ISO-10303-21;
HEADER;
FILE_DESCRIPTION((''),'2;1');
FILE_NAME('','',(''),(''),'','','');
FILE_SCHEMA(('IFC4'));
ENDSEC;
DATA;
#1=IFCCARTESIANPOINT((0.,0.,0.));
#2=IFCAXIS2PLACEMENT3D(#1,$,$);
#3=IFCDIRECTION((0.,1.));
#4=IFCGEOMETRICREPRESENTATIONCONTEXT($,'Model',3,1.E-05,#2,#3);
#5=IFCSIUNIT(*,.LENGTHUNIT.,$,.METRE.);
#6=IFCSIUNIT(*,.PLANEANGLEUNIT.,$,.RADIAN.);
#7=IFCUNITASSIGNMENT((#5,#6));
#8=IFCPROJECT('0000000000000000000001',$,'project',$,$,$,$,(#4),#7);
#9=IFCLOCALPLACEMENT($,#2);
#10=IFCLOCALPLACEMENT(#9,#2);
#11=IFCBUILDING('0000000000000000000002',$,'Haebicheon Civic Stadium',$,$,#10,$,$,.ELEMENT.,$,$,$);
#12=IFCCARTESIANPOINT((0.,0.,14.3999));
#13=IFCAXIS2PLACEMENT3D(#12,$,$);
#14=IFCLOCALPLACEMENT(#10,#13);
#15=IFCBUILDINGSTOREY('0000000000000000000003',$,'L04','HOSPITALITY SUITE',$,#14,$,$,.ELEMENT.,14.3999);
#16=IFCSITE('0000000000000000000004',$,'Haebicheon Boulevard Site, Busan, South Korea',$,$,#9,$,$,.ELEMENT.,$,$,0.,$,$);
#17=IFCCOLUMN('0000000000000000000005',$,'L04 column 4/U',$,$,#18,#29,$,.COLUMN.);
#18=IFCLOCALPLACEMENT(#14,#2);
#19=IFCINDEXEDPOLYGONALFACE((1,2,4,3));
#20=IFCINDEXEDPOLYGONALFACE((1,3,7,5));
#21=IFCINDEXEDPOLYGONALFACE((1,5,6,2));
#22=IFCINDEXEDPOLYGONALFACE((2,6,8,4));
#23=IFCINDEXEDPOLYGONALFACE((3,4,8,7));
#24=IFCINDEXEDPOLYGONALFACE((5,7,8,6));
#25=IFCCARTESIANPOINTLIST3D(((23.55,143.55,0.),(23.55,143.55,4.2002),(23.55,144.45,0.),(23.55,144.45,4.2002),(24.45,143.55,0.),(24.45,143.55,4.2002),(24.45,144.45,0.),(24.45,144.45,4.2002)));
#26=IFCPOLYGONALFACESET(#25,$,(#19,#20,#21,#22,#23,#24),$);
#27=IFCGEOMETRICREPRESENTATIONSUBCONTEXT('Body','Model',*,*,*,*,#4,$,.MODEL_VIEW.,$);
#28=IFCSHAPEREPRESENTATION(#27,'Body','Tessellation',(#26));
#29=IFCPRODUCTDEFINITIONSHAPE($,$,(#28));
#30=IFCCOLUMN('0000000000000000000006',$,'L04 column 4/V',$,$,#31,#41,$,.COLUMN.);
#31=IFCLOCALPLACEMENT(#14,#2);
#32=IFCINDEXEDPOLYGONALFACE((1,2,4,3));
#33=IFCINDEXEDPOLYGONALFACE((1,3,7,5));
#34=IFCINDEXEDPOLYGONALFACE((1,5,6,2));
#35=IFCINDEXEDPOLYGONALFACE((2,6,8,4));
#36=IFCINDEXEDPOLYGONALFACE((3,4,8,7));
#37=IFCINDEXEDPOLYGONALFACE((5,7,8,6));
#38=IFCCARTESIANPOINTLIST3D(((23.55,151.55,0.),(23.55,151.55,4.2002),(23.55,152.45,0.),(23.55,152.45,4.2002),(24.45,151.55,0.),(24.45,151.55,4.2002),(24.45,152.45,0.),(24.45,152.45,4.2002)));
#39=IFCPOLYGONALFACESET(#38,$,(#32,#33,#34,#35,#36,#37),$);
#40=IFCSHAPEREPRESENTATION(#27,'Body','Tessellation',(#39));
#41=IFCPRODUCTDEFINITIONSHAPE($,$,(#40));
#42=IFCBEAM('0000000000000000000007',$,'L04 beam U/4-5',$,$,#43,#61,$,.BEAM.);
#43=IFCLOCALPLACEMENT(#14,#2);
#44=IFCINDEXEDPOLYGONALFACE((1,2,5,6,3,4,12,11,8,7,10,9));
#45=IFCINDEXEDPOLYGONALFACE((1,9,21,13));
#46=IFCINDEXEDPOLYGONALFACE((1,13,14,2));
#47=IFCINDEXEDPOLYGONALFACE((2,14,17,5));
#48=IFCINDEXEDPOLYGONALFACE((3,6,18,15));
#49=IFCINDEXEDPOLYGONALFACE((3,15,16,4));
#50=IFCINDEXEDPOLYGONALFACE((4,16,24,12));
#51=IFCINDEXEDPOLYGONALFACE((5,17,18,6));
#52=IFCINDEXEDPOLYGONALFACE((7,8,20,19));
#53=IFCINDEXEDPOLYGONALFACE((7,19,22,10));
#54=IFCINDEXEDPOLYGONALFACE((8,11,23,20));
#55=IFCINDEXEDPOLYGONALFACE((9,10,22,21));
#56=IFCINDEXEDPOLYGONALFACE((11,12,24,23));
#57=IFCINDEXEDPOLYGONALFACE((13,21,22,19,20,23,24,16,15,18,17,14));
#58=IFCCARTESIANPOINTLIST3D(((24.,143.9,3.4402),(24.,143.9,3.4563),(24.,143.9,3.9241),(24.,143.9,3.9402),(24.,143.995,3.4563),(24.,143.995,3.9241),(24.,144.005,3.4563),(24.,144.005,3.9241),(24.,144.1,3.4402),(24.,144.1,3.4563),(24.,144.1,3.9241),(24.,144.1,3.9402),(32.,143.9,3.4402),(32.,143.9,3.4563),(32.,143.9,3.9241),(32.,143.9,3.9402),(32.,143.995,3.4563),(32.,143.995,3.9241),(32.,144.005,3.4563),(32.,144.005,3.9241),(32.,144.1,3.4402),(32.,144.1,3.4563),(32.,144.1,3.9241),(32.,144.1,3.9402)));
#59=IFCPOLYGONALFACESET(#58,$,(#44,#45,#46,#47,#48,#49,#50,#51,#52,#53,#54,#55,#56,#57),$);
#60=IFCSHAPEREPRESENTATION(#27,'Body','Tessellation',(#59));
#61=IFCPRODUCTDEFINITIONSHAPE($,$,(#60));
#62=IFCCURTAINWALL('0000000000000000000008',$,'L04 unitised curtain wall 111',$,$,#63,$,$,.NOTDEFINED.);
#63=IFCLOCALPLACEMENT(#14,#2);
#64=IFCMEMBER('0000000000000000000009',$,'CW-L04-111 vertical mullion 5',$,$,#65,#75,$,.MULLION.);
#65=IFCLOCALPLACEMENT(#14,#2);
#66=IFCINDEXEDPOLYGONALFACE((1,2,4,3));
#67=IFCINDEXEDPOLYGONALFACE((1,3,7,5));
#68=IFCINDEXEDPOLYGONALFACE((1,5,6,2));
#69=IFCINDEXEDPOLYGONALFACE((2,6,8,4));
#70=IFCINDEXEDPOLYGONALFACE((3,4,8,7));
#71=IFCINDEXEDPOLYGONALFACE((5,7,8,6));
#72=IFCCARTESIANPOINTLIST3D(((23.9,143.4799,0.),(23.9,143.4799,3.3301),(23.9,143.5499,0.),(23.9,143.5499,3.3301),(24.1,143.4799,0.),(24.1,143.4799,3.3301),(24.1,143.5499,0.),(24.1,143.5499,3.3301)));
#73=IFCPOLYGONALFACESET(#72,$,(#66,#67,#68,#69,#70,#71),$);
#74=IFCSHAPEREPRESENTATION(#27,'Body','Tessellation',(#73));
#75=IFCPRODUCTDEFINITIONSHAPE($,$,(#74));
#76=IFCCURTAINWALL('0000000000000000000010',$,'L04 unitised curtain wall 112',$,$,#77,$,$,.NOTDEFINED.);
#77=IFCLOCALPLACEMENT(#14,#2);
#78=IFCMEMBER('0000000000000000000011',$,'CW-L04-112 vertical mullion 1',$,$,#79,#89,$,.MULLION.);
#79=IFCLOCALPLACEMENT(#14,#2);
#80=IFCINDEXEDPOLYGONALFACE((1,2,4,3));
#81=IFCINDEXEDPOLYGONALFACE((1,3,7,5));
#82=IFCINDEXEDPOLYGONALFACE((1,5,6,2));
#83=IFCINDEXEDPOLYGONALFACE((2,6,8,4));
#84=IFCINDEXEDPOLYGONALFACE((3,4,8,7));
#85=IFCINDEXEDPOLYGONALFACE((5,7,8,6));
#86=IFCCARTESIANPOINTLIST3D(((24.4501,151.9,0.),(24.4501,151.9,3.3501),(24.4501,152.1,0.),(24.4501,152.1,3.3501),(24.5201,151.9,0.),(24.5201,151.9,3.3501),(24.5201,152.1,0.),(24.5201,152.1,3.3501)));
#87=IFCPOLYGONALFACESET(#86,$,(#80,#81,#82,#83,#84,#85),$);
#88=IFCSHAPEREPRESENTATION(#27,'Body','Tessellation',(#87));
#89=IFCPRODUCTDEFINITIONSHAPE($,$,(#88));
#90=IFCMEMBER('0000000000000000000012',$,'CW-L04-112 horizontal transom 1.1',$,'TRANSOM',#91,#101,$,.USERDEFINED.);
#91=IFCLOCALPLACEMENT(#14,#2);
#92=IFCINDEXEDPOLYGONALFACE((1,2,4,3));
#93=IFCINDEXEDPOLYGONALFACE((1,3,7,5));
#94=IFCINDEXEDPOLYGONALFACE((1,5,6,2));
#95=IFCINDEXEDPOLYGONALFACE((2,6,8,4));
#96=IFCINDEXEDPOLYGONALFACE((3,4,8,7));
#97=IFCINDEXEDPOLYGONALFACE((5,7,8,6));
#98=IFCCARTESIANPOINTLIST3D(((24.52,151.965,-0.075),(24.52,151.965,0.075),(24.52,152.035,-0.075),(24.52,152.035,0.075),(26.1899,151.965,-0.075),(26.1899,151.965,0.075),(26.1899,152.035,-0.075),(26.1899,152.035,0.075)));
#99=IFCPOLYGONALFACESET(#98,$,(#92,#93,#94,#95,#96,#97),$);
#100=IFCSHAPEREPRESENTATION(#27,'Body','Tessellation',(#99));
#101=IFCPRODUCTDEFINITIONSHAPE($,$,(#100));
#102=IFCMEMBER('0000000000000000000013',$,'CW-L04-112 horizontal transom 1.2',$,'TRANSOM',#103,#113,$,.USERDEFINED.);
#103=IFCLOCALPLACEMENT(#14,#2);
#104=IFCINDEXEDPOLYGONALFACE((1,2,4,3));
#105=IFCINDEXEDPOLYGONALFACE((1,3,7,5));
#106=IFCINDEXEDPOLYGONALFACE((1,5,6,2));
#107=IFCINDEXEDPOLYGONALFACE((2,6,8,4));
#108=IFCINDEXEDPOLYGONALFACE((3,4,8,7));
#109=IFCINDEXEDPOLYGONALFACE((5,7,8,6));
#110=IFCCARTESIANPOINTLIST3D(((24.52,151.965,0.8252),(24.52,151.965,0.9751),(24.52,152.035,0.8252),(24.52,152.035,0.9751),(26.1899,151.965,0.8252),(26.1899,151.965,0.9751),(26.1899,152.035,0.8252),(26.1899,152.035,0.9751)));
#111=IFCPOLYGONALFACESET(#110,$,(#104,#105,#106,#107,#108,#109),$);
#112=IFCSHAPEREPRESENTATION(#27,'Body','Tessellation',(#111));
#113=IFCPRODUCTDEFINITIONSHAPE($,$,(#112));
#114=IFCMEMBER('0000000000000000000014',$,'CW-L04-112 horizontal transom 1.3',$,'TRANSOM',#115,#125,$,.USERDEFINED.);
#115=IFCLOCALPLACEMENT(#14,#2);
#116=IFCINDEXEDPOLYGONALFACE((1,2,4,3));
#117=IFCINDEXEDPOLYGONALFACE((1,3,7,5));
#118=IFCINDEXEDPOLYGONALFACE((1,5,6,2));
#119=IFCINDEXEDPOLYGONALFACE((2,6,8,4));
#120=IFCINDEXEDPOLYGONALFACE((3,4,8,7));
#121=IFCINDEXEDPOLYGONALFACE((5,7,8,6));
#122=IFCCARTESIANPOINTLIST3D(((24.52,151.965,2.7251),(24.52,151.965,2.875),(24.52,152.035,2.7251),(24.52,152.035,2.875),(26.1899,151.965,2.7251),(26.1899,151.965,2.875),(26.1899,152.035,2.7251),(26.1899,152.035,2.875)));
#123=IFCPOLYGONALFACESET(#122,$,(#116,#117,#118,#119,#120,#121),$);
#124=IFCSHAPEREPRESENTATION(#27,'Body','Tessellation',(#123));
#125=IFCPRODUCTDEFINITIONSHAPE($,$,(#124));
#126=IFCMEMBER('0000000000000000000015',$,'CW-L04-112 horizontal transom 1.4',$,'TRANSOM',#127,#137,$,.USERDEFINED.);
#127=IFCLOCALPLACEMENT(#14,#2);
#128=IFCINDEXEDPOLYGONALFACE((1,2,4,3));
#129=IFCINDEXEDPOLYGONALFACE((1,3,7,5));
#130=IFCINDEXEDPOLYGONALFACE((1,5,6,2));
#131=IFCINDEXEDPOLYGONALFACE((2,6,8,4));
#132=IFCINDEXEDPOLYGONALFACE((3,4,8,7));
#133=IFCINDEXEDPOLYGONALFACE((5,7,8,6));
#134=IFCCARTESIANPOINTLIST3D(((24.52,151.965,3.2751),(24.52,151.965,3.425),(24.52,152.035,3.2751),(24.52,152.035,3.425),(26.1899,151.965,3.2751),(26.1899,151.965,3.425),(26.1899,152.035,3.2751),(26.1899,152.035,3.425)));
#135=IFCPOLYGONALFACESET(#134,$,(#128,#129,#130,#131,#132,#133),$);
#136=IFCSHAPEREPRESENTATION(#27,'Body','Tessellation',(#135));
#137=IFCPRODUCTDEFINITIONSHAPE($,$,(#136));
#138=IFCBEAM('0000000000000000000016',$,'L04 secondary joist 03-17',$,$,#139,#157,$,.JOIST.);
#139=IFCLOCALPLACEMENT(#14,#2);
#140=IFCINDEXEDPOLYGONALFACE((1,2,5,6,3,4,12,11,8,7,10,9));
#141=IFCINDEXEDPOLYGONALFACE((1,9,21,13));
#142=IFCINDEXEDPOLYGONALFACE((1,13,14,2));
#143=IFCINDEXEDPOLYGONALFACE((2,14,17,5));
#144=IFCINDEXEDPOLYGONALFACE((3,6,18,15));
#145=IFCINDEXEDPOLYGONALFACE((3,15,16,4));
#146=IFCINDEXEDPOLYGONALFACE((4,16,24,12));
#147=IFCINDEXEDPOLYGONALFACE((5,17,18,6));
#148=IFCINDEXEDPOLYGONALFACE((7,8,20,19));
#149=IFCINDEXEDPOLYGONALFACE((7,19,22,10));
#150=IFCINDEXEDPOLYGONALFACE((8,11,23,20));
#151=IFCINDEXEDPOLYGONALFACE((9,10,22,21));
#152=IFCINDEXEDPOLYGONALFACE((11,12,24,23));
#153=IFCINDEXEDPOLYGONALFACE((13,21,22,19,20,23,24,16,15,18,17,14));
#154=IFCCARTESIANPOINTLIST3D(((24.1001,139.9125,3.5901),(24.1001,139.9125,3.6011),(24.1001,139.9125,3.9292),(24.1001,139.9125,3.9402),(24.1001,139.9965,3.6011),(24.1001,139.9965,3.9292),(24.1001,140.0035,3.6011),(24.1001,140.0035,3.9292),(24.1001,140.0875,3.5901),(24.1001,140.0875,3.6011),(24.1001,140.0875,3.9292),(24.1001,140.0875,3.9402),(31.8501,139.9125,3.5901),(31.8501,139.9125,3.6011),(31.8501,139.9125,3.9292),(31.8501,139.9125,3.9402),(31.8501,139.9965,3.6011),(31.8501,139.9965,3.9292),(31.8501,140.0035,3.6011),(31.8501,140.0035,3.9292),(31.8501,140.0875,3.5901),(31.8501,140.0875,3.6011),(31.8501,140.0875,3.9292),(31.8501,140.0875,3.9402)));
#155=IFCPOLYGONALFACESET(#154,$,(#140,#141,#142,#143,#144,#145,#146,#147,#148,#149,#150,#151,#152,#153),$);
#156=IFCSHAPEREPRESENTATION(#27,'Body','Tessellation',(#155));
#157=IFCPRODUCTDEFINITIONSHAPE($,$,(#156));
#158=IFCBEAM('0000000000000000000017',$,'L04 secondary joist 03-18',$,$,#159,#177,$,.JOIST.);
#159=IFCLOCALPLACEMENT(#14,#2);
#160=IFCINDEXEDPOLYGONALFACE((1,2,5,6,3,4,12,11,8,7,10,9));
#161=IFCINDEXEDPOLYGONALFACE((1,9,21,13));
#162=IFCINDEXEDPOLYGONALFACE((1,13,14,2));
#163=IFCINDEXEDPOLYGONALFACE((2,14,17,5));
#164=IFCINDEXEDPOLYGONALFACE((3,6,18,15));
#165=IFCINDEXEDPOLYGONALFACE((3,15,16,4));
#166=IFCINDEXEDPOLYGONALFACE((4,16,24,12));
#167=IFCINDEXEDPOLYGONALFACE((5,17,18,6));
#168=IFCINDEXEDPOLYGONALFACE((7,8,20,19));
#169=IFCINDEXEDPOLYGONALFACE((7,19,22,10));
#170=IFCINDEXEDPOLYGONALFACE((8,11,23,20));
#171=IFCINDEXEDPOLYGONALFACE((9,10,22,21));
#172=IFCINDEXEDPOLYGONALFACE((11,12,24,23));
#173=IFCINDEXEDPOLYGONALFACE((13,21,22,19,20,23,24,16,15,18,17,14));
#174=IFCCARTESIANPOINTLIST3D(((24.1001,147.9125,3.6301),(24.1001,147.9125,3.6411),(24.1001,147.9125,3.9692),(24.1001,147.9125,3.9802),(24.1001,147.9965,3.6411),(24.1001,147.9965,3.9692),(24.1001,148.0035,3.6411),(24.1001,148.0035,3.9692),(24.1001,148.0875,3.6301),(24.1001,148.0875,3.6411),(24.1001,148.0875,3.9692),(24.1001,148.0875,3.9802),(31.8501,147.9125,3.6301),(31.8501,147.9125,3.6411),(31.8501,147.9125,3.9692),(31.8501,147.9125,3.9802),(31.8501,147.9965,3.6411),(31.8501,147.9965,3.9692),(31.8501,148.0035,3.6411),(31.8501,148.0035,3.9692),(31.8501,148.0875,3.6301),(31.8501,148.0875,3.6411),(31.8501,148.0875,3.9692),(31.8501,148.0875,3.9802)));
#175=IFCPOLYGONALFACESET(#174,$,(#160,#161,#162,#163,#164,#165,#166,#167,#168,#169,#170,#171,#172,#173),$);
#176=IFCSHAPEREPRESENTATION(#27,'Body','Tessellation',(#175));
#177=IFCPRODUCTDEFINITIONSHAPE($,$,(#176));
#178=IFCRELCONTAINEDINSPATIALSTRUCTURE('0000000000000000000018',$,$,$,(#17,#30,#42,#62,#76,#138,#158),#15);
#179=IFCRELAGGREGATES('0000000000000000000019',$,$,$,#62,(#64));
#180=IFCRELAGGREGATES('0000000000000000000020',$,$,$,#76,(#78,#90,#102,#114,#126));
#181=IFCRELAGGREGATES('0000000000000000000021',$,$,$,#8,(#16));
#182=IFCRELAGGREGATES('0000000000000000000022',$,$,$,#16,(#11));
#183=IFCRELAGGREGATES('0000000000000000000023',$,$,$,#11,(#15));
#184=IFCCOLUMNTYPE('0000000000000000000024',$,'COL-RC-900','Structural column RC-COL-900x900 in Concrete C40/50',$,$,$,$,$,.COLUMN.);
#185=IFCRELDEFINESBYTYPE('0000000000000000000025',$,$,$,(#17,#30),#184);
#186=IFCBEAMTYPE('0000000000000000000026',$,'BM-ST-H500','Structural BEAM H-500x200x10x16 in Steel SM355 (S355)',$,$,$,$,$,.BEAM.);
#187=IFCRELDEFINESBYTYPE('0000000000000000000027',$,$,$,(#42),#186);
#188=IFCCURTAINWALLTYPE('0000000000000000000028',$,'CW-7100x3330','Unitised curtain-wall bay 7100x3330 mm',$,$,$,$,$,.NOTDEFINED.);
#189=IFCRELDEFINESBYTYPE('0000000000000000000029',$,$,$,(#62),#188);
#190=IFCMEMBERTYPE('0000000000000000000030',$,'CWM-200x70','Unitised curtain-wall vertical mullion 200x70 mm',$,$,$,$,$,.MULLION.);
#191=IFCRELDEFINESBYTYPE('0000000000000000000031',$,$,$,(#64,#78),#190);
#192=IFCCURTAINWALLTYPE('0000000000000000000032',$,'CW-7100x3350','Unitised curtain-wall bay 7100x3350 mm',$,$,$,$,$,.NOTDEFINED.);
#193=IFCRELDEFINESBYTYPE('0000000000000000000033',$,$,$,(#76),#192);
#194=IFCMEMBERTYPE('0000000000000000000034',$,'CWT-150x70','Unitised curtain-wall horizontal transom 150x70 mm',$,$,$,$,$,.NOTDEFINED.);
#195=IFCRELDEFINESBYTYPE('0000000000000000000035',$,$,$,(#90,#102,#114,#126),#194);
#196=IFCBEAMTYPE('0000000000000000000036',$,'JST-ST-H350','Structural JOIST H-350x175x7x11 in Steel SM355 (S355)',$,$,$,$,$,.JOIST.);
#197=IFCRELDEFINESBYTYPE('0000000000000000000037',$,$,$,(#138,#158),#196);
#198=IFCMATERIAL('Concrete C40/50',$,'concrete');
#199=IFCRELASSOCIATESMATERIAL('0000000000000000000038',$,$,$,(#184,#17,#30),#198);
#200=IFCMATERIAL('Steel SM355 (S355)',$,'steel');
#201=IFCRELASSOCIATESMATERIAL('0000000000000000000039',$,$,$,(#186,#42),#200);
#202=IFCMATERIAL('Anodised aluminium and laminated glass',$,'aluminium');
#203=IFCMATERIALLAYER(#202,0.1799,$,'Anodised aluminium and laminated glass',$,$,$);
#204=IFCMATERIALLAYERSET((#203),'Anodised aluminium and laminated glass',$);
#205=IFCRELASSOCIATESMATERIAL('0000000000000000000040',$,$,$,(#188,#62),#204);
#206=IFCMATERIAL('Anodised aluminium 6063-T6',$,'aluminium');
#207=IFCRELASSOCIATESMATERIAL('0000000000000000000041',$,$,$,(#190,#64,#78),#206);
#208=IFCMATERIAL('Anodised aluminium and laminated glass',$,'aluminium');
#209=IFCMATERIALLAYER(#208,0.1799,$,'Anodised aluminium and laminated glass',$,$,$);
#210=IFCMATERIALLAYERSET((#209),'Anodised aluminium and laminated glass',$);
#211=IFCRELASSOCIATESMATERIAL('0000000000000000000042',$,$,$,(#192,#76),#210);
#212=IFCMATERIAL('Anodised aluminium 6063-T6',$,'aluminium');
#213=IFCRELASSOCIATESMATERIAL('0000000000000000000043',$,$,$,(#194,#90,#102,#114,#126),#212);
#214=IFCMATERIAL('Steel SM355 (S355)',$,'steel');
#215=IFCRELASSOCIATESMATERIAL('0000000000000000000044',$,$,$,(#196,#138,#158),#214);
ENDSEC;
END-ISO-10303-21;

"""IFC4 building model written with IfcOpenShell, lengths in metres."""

from ifc_helpers import new_model, si_unit, direction, frame, origin, origin_2d, place, context, subcontext, project, spatial, rectangle, i_section, extrude, material, layer, layer_set, material_profile, profile_set, type_object, element, aggregate, save


model = new_model("IFC4")

# Units and contexts
model_context = context("Model", 3, precision=1e-05, world=origin(), true_north=direction((0.0, 1.0)))
body_context = subcontext(model_context, "Body", "Model", "MODEL_VIEW")
ifc_project = project(units=[si_unit("LENGTHUNIT", "METRE"), si_unit("PLANEANGLEUNIT", "RADIAN")], contexts=[model_context])

# Site, building, storey
site_placement = place(None, origin())
site = spatial("IfcSite", under=ifc_project, at=site_placement, Name="Haebicheon Boulevard Site, Busan, South Korea", CompositionType="ELEMENT", RefElevation=0.0)
building_placement = place(site_placement, origin())
building = spatial("IfcBuilding", under=site, at=building_placement, Name="Haebicheon Civic Stadium", CompositionType="ELEMENT")
storey_placement = place(building_placement, frame((0.0, 0.0, 14.3999)))
storey = spatial("IfcBuildingStorey", under=building, at=storey_placement, Name="L04", Description="HOSPITALITY SUITE", CompositionType="ELEMENT", Elevation=14.3999)

# Columns
ifc_material_1 = material(Name="Concrete C40/50", Category="concrete")
ifc_material_profile_1 = material_profile(ifc_material_1, rectangle(XDim=0.8999, YDim=0.8999, at=origin_2d()), Name="RC-COL-900x900")
ifc_profile_set_1 = profile_set([ifc_material_profile_1], Name="Concrete C40/50")
column_type = type_object("IfcColumnType", Name="COL-RC-900", Description="Structural column RC-COL-900x900 in Concrete C40/50", PredefinedType="COLUMN", material=ifc_profile_set_1)
for number, where, z_axis, x_axis, name in (
    (1, (24.0, 144.0, 0.0), (0.0, 0.0, 1.0), (1.0, 0.0, 0.0), "L04 column 4/U"),
    (2, (24.0, 152.0, 0.0), (0.0, 0.0, 1.0), (1.0, 0.0, 0.0), "L04 column 4/V"),
):
    element("IfcColumn", number, at=place(storey_placement, frame(where, z_axis=z_axis, x_axis=x_axis)), inside=storey, type_object=column_type, material=ifc_profile_set_1, Name=name, PredefinedType="COLUMN", context=body_context, shape_type="SweptSolid", body=[
        extrude(rectangle(XDim=0.8999, YDim=0.8999, at=origin_2d()), origin(), (0.0, 0.0, 1.0), 4.2002),
    ])

# Beam
ifc_material_2 = material(Name="Steel SM355 (S355)", Category="steel")
ifc_material_profile_2 = material_profile(ifc_material_2, i_section(OverallWidth=0.2, OverallDepth=0.5, WebThickness=0.01, FlangeThickness=0.0161, at=origin_2d()), Name="H-500x200x10x16")
ifc_profile_set_2 = profile_set([ifc_material_profile_2], Name="Steel SM355 (S355)")
beam_type_1 = type_object("IfcBeamType", Name="BM-ST-H500", Description="Structural BEAM H-500x200x10x16 in Steel SM355 (S355)", PredefinedType="BEAM", material=ifc_profile_set_2)
beam_placement = place(storey_placement, frame((24.0, 144.0, 3.6902), z_axis=(1.0, 0.0, 0.0), x_axis=(0.0, 1.0, 0.0)))
element("IfcBeam", 3, at=beam_placement, inside=storey, type_object=beam_type_1, material=ifc_profile_set_2, Name="L04 beam U/4-5", PredefinedType="BEAM", context=body_context, shape_type="SweptSolid", body=[
    extrude(i_section(OverallWidth=0.2, OverallDepth=0.5, WebThickness=0.01, FlangeThickness=0.0161, at=origin_2d()), origin(), (0.0, 0.0, 1.0), 8.0),
])

# Curtain wall, member
ifc_material_3 = material(Name="Anodised aluminium and laminated glass", Category="aluminium")
ifc_layer_1 = layer(ifc_material_3, 0.1799, Name="Anodised aluminium and laminated glass")
ifc_layer_set_1 = layer_set([ifc_layer_1], Name="Anodised aluminium and laminated glass")
curtain_wall_type_1 = type_object("IfcCurtainWallType", Name="CW-7100x3330", Description="Unitised curtain-wall bay 7100x3330 mm", PredefinedType="NOTDEFINED", material=ifc_layer_set_1)
curtain_wall_1_placement = place(storey_placement, origin())
curtain_wall_1 = element("IfcCurtainWall", 4, at=curtain_wall_1_placement, inside=storey, type_object=curtain_wall_type_1, material=ifc_layer_set_1, Name="L04 unitised curtain wall 111", PredefinedType="NOTDEFINED")
ifc_material_4 = material(Name="Anodised aluminium 6063-T6", Category="aluminium")
ifc_material_profile_3 = material_profile(ifc_material_4, rectangle(XDim=0.0701, YDim=0.2, at=origin_2d()), Name="ALU-MULL-70x200")
ifc_profile_set_3 = profile_set([ifc_material_profile_3], Name="Anodised aluminium 6063-T6")
member_type_1 = type_object("IfcMemberType", Name="CWM-200x70", Description="Unitised curtain-wall vertical mullion 200x70 mm", PredefinedType="MULLION", material=ifc_profile_set_3)
member_1_placement = place(storey_placement, frame((24.0, 143.5149, 0.0), z_axis=(0.0, 0.0, 1.0), x_axis=(0.0, 1.0, 0.0)))
member_1 = element("IfcMember", 5, at=member_1_placement, type_object=member_type_1, material=ifc_profile_set_3, Name="CW-L04-111 vertical mullion 5", PredefinedType="MULLION", context=body_context, shape_type="SweptSolid", body=[
    extrude(rectangle(XDim=0.0701, YDim=0.2, at=origin_2d()), origin(), (0.0, 0.0, 1.0), 3.3301),
])
aggregate(curtain_wall_1, [member_1])

# Curtain wall, members
ifc_material_5 = material(Name="Anodised aluminium and laminated glass", Category="aluminium")
ifc_layer_2 = layer(ifc_material_5, 0.1799, Name="Anodised aluminium and laminated glass")
ifc_layer_set_2 = layer_set([ifc_layer_2], Name="Anodised aluminium and laminated glass")
curtain_wall_type_2 = type_object("IfcCurtainWallType", Name="CW-7100x3350", Description="Unitised curtain-wall bay 7100x3350 mm", PredefinedType="NOTDEFINED", material=ifc_layer_set_2)
curtain_wall_2_placement = place(storey_placement, origin())
curtain_wall_2 = element("IfcCurtainWall", 6, at=curtain_wall_2_placement, inside=storey, type_object=curtain_wall_type_2, material=ifc_layer_set_2, Name="L04 unitised curtain wall 112", PredefinedType="NOTDEFINED")
member_2_placement = place(storey_placement, frame((24.4851, 152.0, 0.0), z_axis=(0.0, 0.0, 1.0), x_axis=(1.0, 0.0, 0.0)))
member_2 = element("IfcMember", 7, at=member_2_placement, type_object=member_type_1, material=ifc_profile_set_3, Name="CW-L04-112 vertical mullion 1", PredefinedType="MULLION", context=body_context, shape_type="SweptSolid", body=[
    extrude(rectangle(XDim=0.0701, YDim=0.2, at=origin_2d()), origin(), (0.0, 0.0, 1.0), 3.3501),
])
ifc_material_6 = material(Name="Anodised aluminium 6063-T6", Category="aluminium")
ifc_material_profile_4 = material_profile(ifc_material_6, rectangle(XDim=0.0701, YDim=0.1499, at=origin_2d()), Name="ALU-TRAN-70x150")
ifc_profile_set_4 = profile_set([ifc_material_profile_4], Name="Anodised aluminium 6063-T6")
member_type_2 = type_object("IfcMemberType", Name="CWT-150x70", Description="Unitised curtain-wall horizontal transom 150x70 mm", PredefinedType="NOTDEFINED", material=ifc_profile_set_4)
member_3_placement = place(storey_placement, frame((24.52, 152.0, 0.0), z_axis=(1.0, 0.0, 0.0), x_axis=(0.0, 1.0, 0.0)))
member_3 = element("IfcMember", 8, at=member_3_placement, type_object=member_type_2, material=ifc_profile_set_4, Name="CW-L04-112 horizontal transom 1.1", ObjectType="TRANSOM", PredefinedType="USERDEFINED", context=body_context, shape_type="SweptSolid", body=[
    extrude(rectangle(XDim=0.0701, YDim=0.1499, at=origin_2d()), origin(), (0.0, 0.0, 1.0), 1.6699),
])
member_4_placement = place(storey_placement, frame((24.52, 152.0, 0.9001), z_axis=(1.0, 0.0, 0.0), x_axis=(0.0, 1.0, 0.0)))
member_4 = element("IfcMember", 9, at=member_4_placement, type_object=member_type_2, material=ifc_profile_set_4, Name="CW-L04-112 horizontal transom 1.2", ObjectType="TRANSOM", PredefinedType="USERDEFINED", context=body_context, shape_type="SweptSolid", body=[
    extrude(rectangle(XDim=0.0701, YDim=0.1499, at=origin_2d()), origin(), (0.0, 0.0, 1.0), 1.6699),
])
member_5_placement = place(storey_placement, frame((24.52, 152.0, 2.8), z_axis=(1.0, 0.0, 0.0), x_axis=(0.0, 1.0, 0.0)))
member_5 = element("IfcMember", 10, at=member_5_placement, type_object=member_type_2, material=ifc_profile_set_4, Name="CW-L04-112 horizontal transom 1.3", ObjectType="TRANSOM", PredefinedType="USERDEFINED", context=body_context, shape_type="SweptSolid", body=[
    extrude(rectangle(XDim=0.0701, YDim=0.1499, at=origin_2d()), origin(), (0.0, 0.0, 1.0), 1.6699),
])
member_6_placement = place(storey_placement, frame((24.52, 152.0, 3.3501), z_axis=(1.0, 0.0, 0.0), x_axis=(0.0, 1.0, 0.0)))
member_6 = element("IfcMember", 11, at=member_6_placement, type_object=member_type_2, material=ifc_profile_set_4, Name="CW-L04-112 horizontal transom 1.4", ObjectType="TRANSOM", PredefinedType="USERDEFINED", context=body_context, shape_type="SweptSolid", body=[
    extrude(rectangle(XDim=0.0701, YDim=0.1499, at=origin_2d()), origin(), (0.0, 0.0, 1.0), 1.6699),
])

# Beams
ifc_material_7 = material(Name="Steel SM355 (S355)", Category="steel")
ifc_material_profile_5 = material_profile(ifc_material_7, i_section(OverallWidth=0.175, OverallDepth=0.3501, WebThickness=0.0071, FlangeThickness=0.011, at=origin_2d()), Name="H-350x175x7x11")
ifc_profile_set_5 = profile_set([ifc_material_profile_5], Name="Steel SM355 (S355)")
beam_type_2 = type_object("IfcBeamType", Name="JST-ST-H350", Description="Structural JOIST H-350x175x7x11 in Steel SM355 (S355)", PredefinedType="JOIST", material=ifc_profile_set_5)
for number, where, z_axis, x_axis, name in (
    (12, (24.1001, 140.0, 3.7651), (1.0, 0.0, 0.0), (0.0, 1.0, 0.0), "L04 secondary joist 03-17"),
    (13, (24.1001, 148.0, 3.8052), (1.0, 0.0, 0.0), (0.0, 1.0, 0.0), "L04 secondary joist 03-18"),
):
    element("IfcBeam", number, at=place(storey_placement, frame(where, z_axis=z_axis, x_axis=x_axis)), inside=storey, type_object=beam_type_2, material=ifc_profile_set_5, Name=name, PredefinedType="JOIST", context=body_context, shape_type="SweptSolid", body=[
        extrude(i_section(OverallWidth=0.175, OverallDepth=0.3501, WebThickness=0.0071, FlangeThickness=0.011, at=origin_2d()), origin(), (0.0, 0.0, 1.0), 7.75),
    ])

aggregate(curtain_wall_2, [member_2, member_3, member_4, member_5, member_6])

save(model, "model.ifc")
